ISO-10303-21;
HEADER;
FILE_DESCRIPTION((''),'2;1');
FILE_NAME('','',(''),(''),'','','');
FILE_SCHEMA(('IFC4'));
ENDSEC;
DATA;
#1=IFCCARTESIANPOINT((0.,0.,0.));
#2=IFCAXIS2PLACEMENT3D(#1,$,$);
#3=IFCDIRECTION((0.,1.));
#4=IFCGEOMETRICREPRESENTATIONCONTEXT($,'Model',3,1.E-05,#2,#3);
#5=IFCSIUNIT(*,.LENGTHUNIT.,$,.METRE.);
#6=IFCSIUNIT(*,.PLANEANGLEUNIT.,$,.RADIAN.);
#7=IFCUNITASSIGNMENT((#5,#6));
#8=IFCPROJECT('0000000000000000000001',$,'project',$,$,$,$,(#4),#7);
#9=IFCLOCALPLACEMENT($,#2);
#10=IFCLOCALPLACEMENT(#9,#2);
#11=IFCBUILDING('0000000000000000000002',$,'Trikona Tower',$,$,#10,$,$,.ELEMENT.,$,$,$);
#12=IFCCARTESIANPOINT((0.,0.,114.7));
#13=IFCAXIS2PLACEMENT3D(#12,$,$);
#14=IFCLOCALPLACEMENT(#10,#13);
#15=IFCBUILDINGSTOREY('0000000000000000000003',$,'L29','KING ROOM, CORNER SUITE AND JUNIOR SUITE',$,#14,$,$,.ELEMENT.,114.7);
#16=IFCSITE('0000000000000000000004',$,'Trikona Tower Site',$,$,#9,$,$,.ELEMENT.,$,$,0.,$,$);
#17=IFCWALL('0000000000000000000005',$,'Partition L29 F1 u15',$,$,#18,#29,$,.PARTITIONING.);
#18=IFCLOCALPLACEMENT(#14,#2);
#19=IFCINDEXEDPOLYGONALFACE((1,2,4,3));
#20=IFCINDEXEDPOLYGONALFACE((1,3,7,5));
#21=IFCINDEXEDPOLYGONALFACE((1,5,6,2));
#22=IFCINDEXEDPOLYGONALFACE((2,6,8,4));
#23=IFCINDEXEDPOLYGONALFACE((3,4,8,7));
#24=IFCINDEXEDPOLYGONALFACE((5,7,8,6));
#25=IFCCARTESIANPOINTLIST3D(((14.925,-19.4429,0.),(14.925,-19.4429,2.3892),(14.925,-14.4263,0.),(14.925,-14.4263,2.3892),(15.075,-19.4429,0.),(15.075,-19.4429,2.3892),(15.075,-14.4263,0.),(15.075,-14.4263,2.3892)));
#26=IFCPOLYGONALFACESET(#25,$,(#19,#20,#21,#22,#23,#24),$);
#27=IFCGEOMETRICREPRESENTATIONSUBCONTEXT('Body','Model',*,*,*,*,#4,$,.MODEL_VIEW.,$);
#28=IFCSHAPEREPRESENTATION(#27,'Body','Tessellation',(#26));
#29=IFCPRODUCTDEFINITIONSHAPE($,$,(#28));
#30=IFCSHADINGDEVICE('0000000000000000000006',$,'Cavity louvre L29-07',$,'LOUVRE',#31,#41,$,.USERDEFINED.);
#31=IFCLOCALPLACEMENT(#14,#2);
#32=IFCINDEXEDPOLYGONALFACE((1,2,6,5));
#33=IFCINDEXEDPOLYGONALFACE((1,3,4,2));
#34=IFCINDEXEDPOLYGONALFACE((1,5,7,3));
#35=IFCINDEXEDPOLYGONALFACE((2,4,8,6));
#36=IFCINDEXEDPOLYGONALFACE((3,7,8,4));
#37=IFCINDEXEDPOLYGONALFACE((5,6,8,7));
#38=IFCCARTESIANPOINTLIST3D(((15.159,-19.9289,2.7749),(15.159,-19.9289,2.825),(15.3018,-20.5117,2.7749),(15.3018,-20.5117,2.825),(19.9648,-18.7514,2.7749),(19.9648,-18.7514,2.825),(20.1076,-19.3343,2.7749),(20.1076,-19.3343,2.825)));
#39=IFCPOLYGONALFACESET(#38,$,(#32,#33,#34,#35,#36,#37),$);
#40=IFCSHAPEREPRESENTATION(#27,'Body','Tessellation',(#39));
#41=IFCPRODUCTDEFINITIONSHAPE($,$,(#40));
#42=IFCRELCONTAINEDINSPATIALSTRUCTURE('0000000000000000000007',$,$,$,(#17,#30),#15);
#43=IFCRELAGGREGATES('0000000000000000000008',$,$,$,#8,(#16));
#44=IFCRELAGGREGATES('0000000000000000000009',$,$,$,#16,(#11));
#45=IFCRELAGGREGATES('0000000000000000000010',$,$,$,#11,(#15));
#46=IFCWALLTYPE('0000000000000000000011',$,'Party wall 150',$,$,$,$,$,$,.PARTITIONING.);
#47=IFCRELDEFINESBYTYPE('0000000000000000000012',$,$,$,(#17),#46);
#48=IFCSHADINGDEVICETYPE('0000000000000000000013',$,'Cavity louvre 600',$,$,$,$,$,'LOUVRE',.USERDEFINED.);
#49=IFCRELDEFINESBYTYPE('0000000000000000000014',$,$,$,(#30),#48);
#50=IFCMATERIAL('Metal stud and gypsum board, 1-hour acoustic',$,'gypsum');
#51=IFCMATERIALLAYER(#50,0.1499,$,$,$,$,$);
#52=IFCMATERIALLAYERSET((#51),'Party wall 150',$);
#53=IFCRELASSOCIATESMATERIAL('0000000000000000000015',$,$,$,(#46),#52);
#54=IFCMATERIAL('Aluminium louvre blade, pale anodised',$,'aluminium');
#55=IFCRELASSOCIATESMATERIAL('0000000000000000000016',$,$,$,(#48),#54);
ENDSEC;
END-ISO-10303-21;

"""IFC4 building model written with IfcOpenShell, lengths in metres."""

from ifc_helpers import new_model, si_unit, direction, frame, frame_2d, origin, origin_2d, place, context, subcontext, project, spatial, rectangle, extrude, material, layer, layer_set, type_object, element, save


model = new_model("IFC4")

# Units and contexts
model_context = context("Model", 3, precision=1e-05, world=origin(), true_north=direction((0.0, 1.0)))
body_context = subcontext(model_context, "Body", "Model", "MODEL_VIEW")
ifc_project = project(units=[si_unit("LENGTHUNIT", "METRE"), si_unit("PLANEANGLEUNIT", "RADIAN")], contexts=[model_context])

# Site, building, storey
site_placement = place(None, origin())
site = spatial("IfcSite", under=ifc_project, at=site_placement, Name="Trikona Tower Site", CompositionType="ELEMENT", RefElevation=0.0)
building_placement = place(site_placement, origin())
building = spatial("IfcBuilding", under=site, at=building_placement, Name="Trikona Tower", CompositionType="ELEMENT")
storey_placement = place(building_placement, frame((0.0, 0.0, 114.7)))
storey = spatial("IfcBuildingStorey", under=building, at=storey_placement, Name="L29", Description="KING ROOM, CORNER SUITE AND JUNIOR SUITE", CompositionType="ELEMENT", Elevation=114.7)

# Wall
ifc_material_1 = material(Name="Metal stud and gypsum board, 1-hour acoustic", Category="gypsum")
ifc_layer_1 = layer(ifc_material_1, 0.1499)
ifc_layer_set_1 = layer_set([ifc_layer_1], Name="Party wall 150")
wall_type_1 = type_object("IfcWallType", Name="Party wall 150", PredefinedType="PARTITIONING", material=ifc_layer_set_1)
wall_1_placement = place(storey_placement, frame((15.0, -14.4263, 0.0), z_axis=(0.0, 0.0, 1.0), x_axis=(0.0, -1.0, 0.0)))
element("IfcWall", 1, at=wall_1_placement, inside=storey, type_object=wall_type_1, Name="Partition L29 F1 u15", PredefinedType="PARTITIONING", context=body_context, shape_type="SweptSolid", body=[
    extrude(rectangle(XDim=5.0166, YDim=0.1499, at=frame_2d((2.5083, 0.0))), origin(), (0.0, 0.0, 1.0), 2.3892),
])

# Shading device
ifc_material_2 = material(Name="Aluminium louvre blade, pale anodised", Category="aluminium")
shading_device_type = type_object("IfcShadingDeviceType", Name="Cavity louvre 600", ElementType="LOUVRE", PredefinedType="USERDEFINED", material=ifc_material_2)
shading_device_placement = place(storey_placement, frame((17.6333, -19.6316, 2.7749), z_axis=(0.0, 0.0, 1.0), x_axis=(0.971274, 0.237962, 0.0)))
element("IfcShadingDevice", 2, at=shading_device_placement, inside=storey, type_object=shading_device_type, Name="Cavity louvre L29-07", ObjectType="LOUVRE", PredefinedType="USERDEFINED", context=body_context, shape_type="SweptSolid", body=[
    extrude(rectangle(XDim=4.948, YDim=0.6001, at=origin_2d()), origin(), (0.0, 0.0, 1.0), 0.05),
])

save(model, "model.ifc")
